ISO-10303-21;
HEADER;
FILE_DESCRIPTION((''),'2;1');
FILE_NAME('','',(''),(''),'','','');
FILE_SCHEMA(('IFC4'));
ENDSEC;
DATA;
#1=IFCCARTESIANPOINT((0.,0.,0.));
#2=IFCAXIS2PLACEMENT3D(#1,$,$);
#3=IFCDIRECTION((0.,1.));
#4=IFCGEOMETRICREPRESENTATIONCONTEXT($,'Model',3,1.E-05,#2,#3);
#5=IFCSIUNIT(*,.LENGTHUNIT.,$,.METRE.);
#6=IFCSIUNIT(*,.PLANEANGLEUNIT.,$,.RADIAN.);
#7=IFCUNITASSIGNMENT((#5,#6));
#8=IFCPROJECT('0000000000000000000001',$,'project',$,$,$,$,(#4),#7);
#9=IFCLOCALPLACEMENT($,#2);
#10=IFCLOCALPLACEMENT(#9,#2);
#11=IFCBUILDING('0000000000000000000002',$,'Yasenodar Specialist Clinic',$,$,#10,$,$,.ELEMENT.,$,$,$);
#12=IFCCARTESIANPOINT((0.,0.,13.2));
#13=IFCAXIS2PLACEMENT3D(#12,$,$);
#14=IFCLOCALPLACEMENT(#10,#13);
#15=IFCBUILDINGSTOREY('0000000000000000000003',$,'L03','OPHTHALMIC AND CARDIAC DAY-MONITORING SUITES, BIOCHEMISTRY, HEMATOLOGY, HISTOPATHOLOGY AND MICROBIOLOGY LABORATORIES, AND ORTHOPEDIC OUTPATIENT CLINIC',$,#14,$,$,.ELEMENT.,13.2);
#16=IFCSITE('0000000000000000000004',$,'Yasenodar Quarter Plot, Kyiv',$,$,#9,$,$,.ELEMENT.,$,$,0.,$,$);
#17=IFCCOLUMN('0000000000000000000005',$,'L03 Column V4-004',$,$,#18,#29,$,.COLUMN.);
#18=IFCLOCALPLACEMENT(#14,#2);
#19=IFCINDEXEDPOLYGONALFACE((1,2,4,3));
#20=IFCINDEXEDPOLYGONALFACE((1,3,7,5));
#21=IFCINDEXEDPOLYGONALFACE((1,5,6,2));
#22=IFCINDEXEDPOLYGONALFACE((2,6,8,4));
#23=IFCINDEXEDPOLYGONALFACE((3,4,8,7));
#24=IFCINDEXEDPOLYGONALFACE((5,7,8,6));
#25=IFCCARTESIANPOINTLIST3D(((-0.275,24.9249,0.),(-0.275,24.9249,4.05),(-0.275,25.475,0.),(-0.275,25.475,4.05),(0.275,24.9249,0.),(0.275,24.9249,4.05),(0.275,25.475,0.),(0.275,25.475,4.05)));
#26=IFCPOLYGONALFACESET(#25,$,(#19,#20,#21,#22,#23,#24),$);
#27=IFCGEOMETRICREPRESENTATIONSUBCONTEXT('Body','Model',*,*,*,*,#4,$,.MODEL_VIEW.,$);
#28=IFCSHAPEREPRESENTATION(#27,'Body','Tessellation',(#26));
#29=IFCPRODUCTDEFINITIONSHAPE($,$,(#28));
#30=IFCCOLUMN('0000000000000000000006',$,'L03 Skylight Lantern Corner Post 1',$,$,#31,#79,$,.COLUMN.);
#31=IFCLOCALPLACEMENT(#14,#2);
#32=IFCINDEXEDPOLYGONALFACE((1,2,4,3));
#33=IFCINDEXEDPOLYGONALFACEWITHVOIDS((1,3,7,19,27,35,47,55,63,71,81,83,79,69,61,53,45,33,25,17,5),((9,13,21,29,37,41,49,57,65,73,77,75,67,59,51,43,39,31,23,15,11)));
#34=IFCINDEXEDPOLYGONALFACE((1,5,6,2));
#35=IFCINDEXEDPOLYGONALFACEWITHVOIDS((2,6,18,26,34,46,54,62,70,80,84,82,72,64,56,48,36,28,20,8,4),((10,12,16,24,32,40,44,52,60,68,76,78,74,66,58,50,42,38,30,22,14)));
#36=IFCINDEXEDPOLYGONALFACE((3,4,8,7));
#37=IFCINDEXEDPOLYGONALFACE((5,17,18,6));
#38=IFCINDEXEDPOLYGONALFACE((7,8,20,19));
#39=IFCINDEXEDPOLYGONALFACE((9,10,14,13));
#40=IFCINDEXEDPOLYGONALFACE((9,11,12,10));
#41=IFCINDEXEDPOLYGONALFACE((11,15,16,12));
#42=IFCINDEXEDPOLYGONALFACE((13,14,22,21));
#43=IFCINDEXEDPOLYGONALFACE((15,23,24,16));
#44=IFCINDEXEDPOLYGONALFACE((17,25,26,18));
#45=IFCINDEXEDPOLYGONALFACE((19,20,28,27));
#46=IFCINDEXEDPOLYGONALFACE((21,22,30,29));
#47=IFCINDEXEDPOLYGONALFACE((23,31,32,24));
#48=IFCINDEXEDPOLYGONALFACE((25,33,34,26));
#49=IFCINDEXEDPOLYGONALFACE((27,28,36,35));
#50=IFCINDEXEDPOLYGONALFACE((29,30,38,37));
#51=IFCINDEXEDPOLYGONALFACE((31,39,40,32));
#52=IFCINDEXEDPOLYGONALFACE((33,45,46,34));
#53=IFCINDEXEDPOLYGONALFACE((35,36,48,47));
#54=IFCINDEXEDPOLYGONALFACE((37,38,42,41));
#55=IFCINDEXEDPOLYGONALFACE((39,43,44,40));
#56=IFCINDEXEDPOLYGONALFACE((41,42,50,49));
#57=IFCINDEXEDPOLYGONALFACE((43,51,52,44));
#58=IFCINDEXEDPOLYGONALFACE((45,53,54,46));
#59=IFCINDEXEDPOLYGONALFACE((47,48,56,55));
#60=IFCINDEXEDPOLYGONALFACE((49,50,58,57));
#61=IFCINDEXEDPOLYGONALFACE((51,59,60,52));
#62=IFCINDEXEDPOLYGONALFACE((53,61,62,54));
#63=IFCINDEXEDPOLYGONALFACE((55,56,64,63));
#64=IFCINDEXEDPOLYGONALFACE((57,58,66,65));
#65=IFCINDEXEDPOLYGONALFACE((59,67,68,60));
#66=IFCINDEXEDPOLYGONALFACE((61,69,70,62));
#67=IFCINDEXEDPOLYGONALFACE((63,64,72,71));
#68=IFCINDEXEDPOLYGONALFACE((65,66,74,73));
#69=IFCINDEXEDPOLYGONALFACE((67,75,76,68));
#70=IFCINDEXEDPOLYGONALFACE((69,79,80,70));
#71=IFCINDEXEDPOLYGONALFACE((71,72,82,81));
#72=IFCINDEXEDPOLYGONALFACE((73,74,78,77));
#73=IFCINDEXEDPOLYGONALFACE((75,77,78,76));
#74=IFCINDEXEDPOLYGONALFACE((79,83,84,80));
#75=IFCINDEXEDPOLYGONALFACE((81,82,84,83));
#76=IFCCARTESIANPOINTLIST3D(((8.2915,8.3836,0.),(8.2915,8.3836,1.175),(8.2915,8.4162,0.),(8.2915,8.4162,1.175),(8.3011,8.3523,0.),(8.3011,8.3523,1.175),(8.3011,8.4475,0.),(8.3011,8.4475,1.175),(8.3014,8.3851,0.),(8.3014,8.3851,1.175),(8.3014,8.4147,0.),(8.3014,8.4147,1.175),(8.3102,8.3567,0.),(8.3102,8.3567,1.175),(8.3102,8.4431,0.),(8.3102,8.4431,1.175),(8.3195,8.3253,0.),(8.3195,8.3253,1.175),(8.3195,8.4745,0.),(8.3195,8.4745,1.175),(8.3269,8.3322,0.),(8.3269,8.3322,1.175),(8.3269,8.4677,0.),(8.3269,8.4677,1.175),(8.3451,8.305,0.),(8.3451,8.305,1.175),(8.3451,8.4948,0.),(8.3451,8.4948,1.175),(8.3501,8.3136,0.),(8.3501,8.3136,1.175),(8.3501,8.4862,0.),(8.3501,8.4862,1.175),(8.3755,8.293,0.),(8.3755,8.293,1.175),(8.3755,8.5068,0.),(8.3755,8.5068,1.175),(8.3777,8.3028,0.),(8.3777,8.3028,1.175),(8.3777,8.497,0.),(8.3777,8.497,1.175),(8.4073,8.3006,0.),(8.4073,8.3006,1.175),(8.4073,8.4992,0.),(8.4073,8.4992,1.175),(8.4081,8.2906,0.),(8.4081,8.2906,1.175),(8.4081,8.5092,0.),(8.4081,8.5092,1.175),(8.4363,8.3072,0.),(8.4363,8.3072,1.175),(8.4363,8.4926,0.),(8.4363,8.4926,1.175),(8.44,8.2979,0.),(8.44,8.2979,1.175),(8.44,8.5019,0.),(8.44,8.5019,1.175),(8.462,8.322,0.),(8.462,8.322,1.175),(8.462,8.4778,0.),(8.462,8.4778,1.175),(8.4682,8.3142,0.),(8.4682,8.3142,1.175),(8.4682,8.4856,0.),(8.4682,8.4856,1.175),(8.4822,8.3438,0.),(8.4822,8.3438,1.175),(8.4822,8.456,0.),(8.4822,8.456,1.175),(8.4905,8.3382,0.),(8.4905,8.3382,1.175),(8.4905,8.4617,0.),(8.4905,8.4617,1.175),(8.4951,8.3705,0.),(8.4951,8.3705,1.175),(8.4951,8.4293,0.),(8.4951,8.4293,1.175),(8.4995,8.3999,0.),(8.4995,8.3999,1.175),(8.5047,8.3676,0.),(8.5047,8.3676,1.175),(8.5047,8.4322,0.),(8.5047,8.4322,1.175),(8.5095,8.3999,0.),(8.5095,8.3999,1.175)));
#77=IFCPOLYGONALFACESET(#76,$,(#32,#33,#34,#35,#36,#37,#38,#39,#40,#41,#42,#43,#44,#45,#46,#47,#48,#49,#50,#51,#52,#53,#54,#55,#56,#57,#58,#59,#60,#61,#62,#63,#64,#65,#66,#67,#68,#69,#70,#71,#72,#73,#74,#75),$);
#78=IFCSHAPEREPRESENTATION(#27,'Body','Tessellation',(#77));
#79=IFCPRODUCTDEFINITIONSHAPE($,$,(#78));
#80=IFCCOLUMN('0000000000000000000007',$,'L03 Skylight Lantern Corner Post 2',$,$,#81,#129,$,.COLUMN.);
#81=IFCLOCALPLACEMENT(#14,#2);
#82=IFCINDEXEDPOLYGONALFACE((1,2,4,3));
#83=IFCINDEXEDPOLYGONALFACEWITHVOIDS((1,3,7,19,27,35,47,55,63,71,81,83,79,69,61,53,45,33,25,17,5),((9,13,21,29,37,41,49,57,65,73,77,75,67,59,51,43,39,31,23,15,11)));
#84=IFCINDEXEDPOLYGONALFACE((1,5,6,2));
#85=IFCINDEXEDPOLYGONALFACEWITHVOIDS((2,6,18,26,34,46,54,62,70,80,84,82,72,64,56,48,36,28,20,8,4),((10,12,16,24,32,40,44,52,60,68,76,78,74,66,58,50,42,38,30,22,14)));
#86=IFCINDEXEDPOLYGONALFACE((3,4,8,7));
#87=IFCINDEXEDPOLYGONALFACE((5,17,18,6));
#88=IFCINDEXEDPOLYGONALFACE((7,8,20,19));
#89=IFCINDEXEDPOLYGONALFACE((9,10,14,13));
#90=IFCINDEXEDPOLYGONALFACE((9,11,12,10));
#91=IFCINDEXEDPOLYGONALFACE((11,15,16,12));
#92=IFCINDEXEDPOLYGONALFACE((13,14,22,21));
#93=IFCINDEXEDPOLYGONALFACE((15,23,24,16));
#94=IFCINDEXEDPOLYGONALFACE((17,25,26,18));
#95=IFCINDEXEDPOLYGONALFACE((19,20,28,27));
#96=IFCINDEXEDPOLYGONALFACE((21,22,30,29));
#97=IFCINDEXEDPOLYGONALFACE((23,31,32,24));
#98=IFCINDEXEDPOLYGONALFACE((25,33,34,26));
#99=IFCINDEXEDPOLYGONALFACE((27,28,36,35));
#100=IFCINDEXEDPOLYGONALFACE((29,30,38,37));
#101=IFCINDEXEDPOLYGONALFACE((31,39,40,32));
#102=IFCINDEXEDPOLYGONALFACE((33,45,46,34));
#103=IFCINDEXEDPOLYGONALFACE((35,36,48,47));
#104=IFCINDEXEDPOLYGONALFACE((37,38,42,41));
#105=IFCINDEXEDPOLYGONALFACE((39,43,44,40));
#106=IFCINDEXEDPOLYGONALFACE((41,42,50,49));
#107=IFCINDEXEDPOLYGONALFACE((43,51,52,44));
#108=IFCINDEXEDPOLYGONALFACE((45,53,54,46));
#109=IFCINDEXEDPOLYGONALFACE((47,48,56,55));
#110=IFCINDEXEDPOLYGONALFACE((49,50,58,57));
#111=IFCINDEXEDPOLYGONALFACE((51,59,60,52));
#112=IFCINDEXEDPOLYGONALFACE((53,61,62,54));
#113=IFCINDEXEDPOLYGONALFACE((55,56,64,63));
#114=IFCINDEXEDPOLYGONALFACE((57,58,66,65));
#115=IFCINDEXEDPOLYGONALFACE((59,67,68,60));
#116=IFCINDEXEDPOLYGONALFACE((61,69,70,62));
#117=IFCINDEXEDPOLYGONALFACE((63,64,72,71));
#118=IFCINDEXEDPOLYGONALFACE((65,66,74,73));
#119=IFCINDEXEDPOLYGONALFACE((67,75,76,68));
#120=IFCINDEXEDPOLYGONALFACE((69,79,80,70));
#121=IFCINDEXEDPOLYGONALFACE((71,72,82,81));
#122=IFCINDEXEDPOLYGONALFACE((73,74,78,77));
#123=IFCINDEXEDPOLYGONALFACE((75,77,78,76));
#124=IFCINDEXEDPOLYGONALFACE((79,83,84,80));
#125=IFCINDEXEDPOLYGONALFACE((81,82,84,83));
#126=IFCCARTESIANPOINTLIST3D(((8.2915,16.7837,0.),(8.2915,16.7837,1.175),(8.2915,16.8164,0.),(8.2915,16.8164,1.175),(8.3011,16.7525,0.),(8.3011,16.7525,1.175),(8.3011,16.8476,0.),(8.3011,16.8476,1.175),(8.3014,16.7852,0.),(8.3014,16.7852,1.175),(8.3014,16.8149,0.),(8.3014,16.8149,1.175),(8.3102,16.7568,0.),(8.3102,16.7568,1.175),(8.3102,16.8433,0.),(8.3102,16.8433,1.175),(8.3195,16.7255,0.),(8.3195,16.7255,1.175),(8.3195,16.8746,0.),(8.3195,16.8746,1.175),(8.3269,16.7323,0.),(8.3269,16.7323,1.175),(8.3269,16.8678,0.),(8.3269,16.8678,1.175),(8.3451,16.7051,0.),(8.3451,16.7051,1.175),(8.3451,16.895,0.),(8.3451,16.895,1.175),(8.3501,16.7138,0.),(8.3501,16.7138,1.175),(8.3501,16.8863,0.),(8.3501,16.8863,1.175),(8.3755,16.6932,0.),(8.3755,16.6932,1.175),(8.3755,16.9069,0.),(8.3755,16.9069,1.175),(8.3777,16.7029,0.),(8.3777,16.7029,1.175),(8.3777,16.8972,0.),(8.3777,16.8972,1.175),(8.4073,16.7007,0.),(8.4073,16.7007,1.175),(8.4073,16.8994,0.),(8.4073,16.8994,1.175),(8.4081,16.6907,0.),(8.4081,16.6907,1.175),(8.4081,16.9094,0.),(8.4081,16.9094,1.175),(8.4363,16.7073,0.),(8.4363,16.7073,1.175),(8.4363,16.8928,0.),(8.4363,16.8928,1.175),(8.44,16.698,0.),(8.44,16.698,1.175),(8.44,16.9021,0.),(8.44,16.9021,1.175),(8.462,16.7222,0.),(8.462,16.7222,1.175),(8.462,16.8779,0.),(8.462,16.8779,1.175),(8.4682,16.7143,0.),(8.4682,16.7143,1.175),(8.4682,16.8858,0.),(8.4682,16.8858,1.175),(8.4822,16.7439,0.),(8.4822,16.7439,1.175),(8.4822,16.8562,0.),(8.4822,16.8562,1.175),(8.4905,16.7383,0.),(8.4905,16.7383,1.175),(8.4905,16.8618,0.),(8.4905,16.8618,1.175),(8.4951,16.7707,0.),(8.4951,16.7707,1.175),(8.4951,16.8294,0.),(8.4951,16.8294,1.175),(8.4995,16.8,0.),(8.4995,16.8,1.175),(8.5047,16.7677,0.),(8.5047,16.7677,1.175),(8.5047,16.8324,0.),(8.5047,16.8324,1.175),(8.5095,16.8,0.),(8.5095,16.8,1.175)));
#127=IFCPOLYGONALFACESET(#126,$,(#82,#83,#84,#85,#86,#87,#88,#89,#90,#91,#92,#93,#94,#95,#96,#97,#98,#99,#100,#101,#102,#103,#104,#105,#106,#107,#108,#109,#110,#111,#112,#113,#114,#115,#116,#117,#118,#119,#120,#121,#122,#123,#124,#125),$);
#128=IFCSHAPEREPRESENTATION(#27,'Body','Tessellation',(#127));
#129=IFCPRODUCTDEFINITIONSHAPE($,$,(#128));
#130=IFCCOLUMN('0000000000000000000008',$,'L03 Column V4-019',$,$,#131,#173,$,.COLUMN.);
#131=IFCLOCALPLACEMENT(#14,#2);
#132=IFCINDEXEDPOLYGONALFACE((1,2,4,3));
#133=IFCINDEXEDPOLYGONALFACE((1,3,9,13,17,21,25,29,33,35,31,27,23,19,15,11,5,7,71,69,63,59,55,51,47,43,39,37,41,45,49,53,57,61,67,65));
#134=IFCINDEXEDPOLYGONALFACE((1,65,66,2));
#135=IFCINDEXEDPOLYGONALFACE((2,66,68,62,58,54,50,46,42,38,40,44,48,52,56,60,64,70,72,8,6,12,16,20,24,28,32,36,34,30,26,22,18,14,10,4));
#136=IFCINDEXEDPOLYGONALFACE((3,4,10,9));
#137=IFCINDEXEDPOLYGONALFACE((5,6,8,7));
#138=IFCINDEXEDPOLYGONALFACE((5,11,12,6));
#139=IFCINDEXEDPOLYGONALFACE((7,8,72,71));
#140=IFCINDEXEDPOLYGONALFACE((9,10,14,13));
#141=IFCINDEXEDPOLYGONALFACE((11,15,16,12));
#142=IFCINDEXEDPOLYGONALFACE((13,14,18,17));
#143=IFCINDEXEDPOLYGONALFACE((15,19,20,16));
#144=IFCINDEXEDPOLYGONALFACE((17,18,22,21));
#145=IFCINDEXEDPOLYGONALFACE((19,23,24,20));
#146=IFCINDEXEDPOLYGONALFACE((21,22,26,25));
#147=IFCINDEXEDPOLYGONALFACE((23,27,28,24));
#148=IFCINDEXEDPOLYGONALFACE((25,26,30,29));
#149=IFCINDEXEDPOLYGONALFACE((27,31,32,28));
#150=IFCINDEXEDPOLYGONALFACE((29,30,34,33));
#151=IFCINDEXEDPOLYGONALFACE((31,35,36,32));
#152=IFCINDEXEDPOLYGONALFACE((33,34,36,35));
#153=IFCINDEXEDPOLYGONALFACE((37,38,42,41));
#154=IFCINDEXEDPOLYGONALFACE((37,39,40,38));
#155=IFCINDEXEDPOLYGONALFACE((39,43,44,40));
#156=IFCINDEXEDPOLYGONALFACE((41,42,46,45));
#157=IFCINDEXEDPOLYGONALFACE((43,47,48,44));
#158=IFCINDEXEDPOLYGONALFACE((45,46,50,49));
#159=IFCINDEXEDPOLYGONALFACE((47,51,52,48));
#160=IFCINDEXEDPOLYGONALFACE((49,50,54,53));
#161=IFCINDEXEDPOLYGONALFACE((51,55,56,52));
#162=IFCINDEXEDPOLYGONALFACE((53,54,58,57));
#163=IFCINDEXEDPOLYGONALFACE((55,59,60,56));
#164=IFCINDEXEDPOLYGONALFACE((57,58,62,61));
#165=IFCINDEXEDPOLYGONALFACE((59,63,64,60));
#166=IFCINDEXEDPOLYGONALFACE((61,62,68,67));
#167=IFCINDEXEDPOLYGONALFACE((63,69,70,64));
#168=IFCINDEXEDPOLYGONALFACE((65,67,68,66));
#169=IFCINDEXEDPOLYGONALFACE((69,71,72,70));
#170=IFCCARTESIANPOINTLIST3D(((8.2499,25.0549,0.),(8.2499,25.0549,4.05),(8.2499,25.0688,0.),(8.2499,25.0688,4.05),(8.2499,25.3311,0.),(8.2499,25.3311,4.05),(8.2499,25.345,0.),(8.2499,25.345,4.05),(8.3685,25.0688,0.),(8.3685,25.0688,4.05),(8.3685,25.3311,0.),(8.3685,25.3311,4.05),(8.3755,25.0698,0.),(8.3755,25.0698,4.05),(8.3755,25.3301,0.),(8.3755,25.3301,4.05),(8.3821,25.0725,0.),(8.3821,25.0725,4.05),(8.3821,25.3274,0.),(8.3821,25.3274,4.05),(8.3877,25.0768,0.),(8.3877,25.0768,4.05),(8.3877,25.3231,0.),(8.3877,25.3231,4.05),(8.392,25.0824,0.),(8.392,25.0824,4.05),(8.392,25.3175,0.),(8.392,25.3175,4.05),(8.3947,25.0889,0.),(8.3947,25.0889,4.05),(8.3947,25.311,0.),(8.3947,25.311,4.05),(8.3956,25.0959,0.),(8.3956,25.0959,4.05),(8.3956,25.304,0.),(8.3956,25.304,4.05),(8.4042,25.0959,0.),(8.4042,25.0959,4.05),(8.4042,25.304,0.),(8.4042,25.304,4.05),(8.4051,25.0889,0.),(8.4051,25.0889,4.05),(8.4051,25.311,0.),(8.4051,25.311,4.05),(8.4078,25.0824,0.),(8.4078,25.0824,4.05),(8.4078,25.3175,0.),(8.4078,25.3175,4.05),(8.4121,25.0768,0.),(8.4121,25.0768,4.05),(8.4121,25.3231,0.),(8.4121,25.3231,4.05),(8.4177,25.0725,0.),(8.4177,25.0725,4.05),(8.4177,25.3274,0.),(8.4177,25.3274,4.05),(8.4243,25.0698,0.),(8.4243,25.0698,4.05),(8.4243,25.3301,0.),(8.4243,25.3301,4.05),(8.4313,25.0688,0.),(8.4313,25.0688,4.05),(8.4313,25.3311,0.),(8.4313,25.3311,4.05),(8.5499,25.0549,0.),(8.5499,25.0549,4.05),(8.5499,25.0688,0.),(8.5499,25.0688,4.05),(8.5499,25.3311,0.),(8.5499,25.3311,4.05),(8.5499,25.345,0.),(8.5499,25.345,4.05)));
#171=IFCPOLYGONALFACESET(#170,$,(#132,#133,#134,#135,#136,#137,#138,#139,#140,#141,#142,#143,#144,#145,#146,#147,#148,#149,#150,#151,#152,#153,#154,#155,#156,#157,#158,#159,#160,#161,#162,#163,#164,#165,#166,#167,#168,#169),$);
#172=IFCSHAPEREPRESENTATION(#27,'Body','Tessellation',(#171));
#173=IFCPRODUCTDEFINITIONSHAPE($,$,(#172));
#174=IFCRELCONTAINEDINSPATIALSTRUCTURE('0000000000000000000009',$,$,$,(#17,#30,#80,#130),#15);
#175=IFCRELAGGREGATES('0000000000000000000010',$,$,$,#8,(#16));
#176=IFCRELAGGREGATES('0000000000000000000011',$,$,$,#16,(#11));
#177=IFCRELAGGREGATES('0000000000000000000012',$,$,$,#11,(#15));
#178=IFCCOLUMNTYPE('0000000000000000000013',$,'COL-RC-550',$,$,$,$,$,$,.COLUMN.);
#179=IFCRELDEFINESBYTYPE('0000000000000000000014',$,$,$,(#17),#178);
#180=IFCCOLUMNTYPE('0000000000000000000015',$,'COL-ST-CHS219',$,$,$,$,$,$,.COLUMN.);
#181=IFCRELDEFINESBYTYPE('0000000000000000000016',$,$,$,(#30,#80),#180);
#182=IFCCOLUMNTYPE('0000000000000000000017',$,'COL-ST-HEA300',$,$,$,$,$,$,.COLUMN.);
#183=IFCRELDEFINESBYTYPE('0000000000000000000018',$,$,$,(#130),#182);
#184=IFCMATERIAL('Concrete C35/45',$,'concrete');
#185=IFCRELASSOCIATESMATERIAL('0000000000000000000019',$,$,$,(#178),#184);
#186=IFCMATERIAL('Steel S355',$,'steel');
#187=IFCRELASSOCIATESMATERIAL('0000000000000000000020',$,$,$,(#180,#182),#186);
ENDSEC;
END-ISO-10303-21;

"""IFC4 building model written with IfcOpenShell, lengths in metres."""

from ifc_helpers import new_model, si_unit, direction, frame, origin, origin_2d, place, context, subcontext, project, spatial, rectangle, hollow_circle, i_section, extrude, material, material_profile, profile_set, type_object, element, save


model = new_model("IFC4")

# Units and contexts
model_context = context("Model", 3, precision=1e-05, world=origin(), true_north=direction((0.0, 1.0)))
body_context = subcontext(model_context, "Body", "Model", "MODEL_VIEW")
ifc_project = project(units=[si_unit("LENGTHUNIT", "METRE"), si_unit("PLANEANGLEUNIT", "RADIAN")], contexts=[model_context])

# Site, building, storey
site_placement = place(None, origin())
site = spatial("IfcSite", under=ifc_project, at=site_placement, Name="Yasenodar Quarter Plot, Kyiv", CompositionType="ELEMENT", RefElevation=0.0)
building_placement = place(site_placement, origin())
building = spatial("IfcBuilding", under=site, at=building_placement, Name="Yasenodar Specialist Clinic", CompositionType="ELEMENT")
storey_placement = place(building_placement, frame((0.0, 0.0, 13.2)))
storey = spatial("IfcBuildingStorey", under=building, at=storey_placement, Name="L03", Description="OPHTHALMIC AND CARDIAC DAY-MONITORING SUITES, BIOCHEMISTRY, HEMATOLOGY, HISTOPATHOLOGY AND MICROBIOLOGY LABORATORIES, AND ORTHOPEDIC OUTPATIENT CLINIC", CompositionType="ELEMENT", Elevation=13.2)

# Columns
ifc_material_1 = material(Name="Concrete C35/45", Category="concrete")
ifc_material_profile_1 = material_profile(ifc_material_1, rectangle(XDim=0.55, YDim=0.55, at=origin_2d()), Name="RC 550x550")
ifc_profile_set_1 = profile_set([ifc_material_profile_1], Name="Concrete C35/45")
column_type_1 = type_object("IfcColumnType", Name="COL-RC-550", PredefinedType="COLUMN", material=ifc_profile_set_1)
column_1_placement = place(storey_placement, frame((0.0, 25.2, 0.0), z_axis=(0.0, 0.0, 1.0), x_axis=(1.0, 0.0, 0.0)))
element("IfcColumn", 1, at=column_1_placement, inside=storey, type_object=column_type_1, Name="L03 Column V4-004", PredefinedType="COLUMN", context=body_context, shape_type="SweptSolid", body=[
    extrude(rectangle(XDim=0.55, YDim=0.55, at=origin_2d()), origin(), (0.0, 0.0, 1.0), 4.05),
])
ifc_material_2 = material(Name="Steel S355", Category="steel")
ifc_material_profile_2 = material_profile(ifc_material_2, hollow_circle(Radius=0.1096, WallThickness=0.01, at=origin_2d()), Name="CHS 219.1x10")
ifc_profile_set_2 = profile_set([ifc_material_profile_2], Name="Steel S355")
column_type_2 = type_object("IfcColumnType", Name="COL-ST-CHS219", PredefinedType="COLUMN", material=ifc_profile_set_2)
for number, where, z_axis, x_axis, name in (
    (2, (8.3999, 8.3999, 0.0), (0.0, 0.0, 1.0), (1.0, 0.0, 0.0), "L03 Skylight Lantern Corner Post 1"),
    (3, (8.3999, 16.8, 0.0), (0.0, 0.0, 1.0), (1.0, 0.0, 0.0), "L03 Skylight Lantern Corner Post 2"),
):
    element("IfcColumn", number, at=place(storey_placement, frame(where, z_axis=z_axis, x_axis=x_axis)), inside=storey, type_object=column_type_2, Name=name, PredefinedType="COLUMN", context=body_context, shape_type="SweptSolid", body=[
        extrude(hollow_circle(Radius=0.1096, WallThickness=0.01, at=origin_2d()), origin(), (0.0, 0.0, 1.0), 1.175),
    ])
ifc_material_profile_3 = material_profile(ifc_material_2, i_section(OverallWidth=0.3, OverallDepth=0.29, WebThickness=0.0085, FlangeThickness=0.0139, FilletRadius=0.0271, at=origin_2d()), Name="HEA 300")
ifc_profile_set_3 = profile_set([ifc_material_profile_3], Name="Steel S355")
column_type_3 = type_object("IfcColumnType", Name="COL-ST-HEA300", PredefinedType="COLUMN", material=ifc_profile_set_3)
column_2_placement = place(storey_placement, frame((8.3999, 25.2, 0.0), z_axis=(0.0, 0.0, 1.0), x_axis=(1.0, 0.0, 0.0)))
element("IfcColumn", 4, at=column_2_placement, inside=storey, type_object=column_type_3, Name="L03 Column V4-019", PredefinedType="COLUMN", context=body_context, shape_type="SweptSolid", body=[
    extrude(i_section(OverallWidth=0.3, OverallDepth=0.29, WebThickness=0.0085, FlangeThickness=0.0139, FilletRadius=0.0271, at=origin_2d()), origin(), (0.0, 0.0, 1.0), 4.05),
])

save(model, "model.ifc")
